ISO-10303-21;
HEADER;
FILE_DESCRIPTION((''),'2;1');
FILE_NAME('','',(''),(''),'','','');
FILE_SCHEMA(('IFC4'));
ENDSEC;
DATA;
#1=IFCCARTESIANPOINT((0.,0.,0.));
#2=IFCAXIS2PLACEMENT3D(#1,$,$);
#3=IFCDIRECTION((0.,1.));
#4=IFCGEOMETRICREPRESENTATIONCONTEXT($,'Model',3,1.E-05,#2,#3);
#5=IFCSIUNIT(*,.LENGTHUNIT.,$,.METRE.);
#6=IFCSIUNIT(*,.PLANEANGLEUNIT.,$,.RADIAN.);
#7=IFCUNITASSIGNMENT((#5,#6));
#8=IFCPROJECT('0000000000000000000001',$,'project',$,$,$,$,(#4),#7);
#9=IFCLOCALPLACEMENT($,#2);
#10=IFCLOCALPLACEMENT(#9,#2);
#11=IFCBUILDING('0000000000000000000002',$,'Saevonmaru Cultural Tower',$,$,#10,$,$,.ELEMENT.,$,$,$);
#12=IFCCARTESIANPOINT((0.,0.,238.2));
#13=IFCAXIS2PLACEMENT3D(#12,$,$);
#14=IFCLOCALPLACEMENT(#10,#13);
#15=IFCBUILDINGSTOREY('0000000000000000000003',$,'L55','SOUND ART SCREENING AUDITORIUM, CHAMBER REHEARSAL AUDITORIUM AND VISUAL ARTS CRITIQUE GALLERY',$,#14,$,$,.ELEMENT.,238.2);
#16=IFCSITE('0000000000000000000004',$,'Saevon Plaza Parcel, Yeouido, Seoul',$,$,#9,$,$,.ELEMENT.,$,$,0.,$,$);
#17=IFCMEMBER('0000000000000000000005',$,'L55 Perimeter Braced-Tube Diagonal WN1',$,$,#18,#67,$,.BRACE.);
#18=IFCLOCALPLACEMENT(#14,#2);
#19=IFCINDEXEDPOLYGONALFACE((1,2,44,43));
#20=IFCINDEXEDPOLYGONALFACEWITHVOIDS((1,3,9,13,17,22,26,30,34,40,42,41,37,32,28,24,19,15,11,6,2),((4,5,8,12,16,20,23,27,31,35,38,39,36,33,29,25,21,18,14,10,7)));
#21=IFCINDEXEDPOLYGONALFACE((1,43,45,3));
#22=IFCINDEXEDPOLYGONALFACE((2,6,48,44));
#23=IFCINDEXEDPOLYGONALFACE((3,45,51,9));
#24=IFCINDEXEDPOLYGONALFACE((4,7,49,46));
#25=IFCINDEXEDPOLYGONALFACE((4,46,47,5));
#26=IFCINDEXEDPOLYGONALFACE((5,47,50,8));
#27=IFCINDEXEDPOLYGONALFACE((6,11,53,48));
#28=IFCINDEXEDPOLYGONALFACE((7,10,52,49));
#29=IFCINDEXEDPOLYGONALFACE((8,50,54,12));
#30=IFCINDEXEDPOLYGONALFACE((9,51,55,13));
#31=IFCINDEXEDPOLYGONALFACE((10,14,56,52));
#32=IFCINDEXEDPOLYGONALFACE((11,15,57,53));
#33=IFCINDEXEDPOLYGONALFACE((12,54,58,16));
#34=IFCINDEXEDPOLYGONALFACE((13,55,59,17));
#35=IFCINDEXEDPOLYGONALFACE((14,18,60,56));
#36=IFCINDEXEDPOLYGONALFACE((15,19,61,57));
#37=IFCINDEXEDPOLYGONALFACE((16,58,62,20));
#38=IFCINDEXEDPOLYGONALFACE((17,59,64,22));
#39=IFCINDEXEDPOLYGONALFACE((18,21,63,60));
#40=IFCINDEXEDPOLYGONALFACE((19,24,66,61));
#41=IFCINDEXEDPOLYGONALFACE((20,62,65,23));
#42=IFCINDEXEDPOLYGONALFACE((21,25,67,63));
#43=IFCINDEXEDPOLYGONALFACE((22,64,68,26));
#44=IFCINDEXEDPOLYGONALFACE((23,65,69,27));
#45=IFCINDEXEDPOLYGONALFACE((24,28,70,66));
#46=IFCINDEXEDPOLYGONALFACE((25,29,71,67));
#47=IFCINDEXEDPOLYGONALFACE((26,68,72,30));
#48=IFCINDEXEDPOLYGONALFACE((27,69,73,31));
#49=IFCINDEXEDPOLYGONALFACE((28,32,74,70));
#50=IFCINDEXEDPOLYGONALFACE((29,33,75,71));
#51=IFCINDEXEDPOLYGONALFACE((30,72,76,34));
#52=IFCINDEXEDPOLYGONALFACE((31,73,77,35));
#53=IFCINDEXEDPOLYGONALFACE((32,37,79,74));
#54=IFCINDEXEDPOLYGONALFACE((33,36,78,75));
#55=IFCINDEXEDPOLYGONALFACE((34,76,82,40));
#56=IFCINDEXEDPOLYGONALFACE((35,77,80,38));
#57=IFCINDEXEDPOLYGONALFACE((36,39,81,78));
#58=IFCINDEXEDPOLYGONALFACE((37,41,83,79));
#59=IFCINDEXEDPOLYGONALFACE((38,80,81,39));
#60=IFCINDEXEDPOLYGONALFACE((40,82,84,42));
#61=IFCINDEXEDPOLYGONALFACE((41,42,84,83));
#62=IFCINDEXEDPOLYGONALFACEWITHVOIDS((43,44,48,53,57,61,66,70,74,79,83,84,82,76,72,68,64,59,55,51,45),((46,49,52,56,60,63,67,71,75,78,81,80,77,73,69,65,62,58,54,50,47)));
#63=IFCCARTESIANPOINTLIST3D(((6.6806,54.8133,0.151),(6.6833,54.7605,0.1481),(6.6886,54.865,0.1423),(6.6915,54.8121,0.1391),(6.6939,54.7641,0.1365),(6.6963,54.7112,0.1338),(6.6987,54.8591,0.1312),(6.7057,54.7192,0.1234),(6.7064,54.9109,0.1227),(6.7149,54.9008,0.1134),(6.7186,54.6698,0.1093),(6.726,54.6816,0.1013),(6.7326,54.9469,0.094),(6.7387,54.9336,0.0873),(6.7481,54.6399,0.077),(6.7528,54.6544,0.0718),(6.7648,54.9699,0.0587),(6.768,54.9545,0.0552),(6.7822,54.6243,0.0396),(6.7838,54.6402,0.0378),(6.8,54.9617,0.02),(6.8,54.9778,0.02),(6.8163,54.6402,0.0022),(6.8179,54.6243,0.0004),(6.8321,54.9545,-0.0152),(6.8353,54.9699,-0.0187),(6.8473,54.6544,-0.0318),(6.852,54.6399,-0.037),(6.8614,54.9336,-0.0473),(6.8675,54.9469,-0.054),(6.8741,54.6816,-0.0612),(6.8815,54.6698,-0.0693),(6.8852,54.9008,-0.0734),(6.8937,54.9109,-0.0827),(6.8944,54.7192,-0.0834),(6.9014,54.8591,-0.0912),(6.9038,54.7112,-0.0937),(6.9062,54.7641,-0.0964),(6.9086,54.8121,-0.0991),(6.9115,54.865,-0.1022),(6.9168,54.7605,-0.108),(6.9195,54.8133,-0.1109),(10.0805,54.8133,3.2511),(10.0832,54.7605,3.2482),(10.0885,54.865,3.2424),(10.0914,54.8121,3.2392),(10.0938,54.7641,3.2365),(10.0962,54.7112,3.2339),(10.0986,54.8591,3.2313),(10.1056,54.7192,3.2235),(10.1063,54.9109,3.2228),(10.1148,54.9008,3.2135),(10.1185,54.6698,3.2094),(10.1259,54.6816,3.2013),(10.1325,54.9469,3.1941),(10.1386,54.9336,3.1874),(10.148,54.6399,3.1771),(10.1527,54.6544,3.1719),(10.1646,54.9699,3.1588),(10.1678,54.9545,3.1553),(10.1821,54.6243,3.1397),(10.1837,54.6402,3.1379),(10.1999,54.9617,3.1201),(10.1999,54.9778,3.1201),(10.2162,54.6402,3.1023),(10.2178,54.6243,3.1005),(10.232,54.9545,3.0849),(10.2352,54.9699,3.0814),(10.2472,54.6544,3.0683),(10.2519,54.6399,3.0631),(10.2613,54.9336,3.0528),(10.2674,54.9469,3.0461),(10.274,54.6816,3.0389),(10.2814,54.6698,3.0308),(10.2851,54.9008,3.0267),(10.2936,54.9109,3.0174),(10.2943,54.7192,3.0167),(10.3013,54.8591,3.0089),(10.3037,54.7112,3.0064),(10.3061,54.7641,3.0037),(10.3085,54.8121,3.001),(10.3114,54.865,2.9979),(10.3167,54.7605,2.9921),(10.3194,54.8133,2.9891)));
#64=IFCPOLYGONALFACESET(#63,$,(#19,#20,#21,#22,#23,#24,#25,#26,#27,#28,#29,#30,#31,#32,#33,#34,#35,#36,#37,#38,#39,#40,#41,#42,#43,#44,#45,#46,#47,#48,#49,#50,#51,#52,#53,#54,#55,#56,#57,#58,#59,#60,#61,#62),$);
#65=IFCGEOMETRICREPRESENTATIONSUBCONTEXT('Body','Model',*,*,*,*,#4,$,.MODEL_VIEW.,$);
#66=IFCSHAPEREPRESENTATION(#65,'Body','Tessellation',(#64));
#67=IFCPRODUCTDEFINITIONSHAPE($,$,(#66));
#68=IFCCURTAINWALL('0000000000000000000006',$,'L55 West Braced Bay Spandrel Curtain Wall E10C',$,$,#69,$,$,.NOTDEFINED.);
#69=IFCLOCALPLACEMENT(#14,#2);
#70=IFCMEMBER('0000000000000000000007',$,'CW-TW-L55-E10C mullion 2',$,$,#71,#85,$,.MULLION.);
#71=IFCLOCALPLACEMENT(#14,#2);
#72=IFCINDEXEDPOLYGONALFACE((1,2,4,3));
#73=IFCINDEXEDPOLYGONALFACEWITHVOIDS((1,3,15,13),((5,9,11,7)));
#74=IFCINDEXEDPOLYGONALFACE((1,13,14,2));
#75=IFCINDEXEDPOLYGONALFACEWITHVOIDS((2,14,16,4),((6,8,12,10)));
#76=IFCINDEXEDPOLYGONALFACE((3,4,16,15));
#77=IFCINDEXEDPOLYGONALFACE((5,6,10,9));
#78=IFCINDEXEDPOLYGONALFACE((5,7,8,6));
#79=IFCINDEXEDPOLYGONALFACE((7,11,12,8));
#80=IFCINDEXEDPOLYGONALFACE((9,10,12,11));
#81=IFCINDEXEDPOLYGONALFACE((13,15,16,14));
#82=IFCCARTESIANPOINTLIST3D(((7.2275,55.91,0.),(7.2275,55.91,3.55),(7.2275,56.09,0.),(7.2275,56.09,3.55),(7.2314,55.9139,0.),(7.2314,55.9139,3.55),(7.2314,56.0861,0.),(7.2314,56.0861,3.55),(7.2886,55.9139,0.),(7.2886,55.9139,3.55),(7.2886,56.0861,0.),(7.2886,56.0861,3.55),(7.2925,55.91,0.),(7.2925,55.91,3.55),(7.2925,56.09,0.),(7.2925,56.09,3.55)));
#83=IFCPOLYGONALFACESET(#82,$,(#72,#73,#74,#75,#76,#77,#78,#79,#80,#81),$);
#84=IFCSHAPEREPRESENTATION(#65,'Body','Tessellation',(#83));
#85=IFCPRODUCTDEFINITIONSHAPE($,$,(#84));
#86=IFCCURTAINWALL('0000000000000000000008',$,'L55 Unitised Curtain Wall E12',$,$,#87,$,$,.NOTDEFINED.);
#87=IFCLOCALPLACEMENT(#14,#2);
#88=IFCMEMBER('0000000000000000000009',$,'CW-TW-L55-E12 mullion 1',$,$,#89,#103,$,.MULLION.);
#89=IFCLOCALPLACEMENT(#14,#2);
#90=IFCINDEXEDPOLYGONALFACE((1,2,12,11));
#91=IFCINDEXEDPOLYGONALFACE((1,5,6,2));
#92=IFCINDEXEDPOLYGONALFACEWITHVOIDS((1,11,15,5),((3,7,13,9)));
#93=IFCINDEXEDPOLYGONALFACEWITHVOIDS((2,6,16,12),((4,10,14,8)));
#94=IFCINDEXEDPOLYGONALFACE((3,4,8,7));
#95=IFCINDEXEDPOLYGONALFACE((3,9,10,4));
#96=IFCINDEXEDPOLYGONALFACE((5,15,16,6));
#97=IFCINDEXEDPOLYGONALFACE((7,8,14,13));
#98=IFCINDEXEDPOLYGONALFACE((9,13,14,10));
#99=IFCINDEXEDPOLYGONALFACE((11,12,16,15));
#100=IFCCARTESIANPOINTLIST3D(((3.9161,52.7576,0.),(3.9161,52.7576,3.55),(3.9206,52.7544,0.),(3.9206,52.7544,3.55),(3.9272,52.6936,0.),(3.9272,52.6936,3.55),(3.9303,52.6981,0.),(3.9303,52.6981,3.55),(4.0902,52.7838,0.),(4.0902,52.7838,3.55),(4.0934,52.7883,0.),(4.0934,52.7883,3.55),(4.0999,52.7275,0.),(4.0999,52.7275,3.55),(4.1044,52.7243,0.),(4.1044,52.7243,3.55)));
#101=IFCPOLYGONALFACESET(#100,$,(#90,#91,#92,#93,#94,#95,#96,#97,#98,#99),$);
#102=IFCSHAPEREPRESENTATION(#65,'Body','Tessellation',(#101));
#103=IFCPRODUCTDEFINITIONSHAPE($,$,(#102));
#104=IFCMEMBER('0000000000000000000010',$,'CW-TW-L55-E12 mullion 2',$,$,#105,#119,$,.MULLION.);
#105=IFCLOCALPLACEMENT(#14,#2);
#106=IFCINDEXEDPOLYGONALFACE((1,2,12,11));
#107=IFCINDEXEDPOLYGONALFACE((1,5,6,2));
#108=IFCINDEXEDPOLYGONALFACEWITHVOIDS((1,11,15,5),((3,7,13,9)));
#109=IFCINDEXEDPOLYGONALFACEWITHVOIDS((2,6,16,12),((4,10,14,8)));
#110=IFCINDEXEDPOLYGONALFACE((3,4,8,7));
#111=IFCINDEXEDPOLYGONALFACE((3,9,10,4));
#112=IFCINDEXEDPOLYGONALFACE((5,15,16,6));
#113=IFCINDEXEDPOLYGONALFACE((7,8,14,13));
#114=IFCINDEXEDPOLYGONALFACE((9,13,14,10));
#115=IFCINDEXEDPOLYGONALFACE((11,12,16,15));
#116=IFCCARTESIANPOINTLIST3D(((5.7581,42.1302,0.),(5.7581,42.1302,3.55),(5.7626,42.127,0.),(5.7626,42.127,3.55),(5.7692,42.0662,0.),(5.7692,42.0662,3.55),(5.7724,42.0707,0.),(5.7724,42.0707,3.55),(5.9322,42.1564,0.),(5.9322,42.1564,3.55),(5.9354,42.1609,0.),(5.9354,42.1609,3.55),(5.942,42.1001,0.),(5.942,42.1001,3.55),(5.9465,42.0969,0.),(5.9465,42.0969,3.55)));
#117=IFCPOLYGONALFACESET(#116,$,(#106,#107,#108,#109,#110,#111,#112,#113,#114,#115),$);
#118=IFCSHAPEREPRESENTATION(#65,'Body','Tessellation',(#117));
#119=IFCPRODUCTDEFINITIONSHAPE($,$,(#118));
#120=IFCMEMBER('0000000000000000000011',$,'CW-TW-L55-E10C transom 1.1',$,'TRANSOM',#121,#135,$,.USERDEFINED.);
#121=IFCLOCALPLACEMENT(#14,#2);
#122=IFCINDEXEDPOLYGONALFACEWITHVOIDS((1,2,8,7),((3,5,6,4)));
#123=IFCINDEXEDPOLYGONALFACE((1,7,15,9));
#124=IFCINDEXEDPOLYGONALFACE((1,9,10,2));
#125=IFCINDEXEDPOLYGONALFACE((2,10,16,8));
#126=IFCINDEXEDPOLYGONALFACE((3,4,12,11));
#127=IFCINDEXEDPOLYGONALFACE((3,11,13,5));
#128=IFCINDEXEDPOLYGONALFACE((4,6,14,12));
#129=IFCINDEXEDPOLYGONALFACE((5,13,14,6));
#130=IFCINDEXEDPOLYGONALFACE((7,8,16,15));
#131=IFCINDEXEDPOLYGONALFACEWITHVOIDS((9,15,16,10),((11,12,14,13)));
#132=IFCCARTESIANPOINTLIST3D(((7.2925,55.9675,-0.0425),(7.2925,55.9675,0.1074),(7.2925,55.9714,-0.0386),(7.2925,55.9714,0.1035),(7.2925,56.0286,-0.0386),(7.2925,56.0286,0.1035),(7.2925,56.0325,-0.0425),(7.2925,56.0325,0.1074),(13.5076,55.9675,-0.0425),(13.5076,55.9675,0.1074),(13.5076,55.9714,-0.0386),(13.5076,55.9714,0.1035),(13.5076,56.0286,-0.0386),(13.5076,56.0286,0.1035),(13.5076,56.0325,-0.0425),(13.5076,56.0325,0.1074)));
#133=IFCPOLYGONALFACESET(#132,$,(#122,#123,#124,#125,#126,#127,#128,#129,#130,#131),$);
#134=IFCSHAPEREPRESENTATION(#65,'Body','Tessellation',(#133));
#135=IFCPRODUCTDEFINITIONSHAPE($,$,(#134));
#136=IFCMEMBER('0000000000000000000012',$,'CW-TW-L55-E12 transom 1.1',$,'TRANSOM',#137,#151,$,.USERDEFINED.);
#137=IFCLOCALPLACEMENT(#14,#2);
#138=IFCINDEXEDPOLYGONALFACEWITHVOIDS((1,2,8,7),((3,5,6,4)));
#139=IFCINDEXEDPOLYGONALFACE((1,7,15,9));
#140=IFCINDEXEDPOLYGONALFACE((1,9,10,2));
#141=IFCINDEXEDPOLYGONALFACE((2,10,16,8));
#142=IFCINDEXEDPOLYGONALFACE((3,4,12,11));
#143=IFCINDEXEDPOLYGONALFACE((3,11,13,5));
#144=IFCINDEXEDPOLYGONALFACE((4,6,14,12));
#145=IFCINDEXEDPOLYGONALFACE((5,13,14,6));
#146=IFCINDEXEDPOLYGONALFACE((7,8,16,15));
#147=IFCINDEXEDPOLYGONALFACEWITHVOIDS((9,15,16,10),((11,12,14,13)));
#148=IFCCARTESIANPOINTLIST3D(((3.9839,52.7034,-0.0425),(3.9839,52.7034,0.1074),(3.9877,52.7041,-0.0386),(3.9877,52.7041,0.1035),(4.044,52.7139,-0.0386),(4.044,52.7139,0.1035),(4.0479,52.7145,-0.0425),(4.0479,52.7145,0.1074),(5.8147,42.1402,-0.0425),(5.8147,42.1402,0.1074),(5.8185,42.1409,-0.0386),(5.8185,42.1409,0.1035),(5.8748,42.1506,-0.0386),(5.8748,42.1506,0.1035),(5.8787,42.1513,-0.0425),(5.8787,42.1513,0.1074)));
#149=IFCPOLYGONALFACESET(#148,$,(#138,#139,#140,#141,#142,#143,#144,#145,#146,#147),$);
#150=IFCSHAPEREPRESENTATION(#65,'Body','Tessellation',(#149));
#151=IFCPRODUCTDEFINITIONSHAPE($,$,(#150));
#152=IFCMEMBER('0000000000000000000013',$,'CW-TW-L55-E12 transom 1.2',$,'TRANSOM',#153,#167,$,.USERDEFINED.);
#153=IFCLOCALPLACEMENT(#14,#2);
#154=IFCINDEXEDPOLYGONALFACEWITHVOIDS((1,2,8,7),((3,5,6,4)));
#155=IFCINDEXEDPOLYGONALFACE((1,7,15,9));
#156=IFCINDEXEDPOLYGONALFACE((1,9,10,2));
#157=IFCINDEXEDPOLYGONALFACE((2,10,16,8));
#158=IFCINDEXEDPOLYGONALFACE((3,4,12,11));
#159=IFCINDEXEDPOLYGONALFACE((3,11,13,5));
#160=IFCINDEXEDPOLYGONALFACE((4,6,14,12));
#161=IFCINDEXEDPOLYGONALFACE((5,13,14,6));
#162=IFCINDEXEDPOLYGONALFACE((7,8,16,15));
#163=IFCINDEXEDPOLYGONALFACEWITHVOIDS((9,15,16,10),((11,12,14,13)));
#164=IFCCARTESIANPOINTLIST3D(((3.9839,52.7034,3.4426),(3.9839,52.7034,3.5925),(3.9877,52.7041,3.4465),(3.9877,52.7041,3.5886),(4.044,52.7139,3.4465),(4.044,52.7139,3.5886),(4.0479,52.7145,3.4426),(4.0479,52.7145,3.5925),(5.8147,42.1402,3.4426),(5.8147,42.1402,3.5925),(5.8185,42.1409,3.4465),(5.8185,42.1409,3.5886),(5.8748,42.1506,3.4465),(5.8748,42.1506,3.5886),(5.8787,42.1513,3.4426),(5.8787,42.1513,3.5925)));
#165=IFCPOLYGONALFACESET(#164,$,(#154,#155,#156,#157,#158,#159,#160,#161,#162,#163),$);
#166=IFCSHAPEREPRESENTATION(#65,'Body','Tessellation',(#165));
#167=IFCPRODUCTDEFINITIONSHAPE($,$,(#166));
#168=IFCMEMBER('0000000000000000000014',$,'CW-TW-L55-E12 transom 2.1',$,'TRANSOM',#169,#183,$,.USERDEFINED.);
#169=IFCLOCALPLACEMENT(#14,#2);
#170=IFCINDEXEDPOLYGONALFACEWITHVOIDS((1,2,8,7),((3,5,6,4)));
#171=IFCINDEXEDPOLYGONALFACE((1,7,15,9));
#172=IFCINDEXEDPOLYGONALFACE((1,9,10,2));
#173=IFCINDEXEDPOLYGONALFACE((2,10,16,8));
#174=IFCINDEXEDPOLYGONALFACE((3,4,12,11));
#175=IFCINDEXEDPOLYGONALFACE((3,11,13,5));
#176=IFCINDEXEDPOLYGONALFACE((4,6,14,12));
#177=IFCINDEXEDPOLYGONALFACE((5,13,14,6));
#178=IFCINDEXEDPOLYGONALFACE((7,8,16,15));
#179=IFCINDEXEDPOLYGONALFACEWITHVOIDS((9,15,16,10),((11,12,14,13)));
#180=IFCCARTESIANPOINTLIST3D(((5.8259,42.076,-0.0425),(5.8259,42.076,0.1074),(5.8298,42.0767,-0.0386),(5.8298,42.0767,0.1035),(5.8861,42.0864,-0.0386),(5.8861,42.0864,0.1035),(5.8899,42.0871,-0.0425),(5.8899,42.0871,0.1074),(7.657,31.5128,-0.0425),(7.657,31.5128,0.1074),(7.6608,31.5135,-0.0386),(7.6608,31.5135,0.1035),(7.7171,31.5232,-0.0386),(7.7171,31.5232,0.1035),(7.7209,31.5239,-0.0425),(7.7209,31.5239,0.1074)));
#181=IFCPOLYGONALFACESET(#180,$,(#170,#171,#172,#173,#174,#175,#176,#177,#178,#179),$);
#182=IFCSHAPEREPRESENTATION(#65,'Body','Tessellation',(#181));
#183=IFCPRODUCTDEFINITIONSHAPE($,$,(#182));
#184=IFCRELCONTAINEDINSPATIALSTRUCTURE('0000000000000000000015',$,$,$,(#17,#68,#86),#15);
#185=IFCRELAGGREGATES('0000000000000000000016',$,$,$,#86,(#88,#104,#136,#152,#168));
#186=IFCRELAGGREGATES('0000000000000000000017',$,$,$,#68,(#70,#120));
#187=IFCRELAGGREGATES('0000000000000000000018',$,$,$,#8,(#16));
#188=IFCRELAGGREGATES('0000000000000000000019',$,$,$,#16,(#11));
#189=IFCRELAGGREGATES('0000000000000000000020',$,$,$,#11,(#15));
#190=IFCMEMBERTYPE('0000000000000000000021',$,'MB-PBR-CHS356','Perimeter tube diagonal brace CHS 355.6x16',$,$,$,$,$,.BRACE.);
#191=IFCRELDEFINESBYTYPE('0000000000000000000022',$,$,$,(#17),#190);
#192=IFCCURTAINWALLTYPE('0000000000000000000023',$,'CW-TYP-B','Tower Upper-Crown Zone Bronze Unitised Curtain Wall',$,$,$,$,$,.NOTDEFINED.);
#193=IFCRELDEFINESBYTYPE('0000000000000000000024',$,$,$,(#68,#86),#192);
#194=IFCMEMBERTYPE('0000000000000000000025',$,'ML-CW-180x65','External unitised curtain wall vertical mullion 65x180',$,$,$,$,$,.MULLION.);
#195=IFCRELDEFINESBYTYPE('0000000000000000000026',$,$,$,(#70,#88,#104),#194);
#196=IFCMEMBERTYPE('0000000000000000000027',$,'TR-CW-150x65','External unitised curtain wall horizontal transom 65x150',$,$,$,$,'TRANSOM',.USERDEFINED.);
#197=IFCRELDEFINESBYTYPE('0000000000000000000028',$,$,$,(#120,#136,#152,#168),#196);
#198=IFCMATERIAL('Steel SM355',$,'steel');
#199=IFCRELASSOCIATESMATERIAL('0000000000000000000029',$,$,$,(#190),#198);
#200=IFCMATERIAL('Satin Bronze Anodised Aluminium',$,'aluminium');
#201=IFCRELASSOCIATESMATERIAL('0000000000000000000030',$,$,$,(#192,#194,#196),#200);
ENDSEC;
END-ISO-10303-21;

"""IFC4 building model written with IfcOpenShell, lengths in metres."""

from ifc_helpers import new_model, si_unit, direction, frame, origin, origin_2d, place, context, subcontext, project, spatial, hollow_rectangle, hollow_circle, extrude, material, material_profile, profile_set, type_object, element, aggregate, save


model = new_model("IFC4")

# Units and contexts
model_context = context("Model", 3, precision=1e-05, world=origin(), true_north=direction((0.0, 1.0)))
body_context = subcontext(model_context, "Body", "Model", "MODEL_VIEW")
ifc_project = project(units=[si_unit("LENGTHUNIT", "METRE"), si_unit("PLANEANGLEUNIT", "RADIAN")], contexts=[model_context])

# Site, building, storey
site_placement = place(None, origin())
site = spatial("IfcSite", under=ifc_project, at=site_placement, Name="Saevon Plaza Parcel, Yeouido, Seoul", CompositionType="ELEMENT", RefElevation=0.0)
building_placement = place(site_placement, origin())
building = spatial("IfcBuilding", under=site, at=building_placement, Name="Saevonmaru Cultural Tower", CompositionType="ELEMENT")
storey_placement = place(building_placement, frame((0.0, 0.0, 238.2)))
storey = spatial("IfcBuildingStorey", under=building, at=storey_placement, Name="L55", Description="SOUND ART SCREENING AUDITORIUM, CHAMBER REHEARSAL AUDITORIUM AND VISUAL ARTS CRITIQUE GALLERY", CompositionType="ELEMENT", Elevation=238.2)

# Shared definitions
ifc_material_1 = material(Name="Steel SM355", Category="steel")

# Member
ifc_material_profile_1 = material_profile(ifc_material_1, hollow_circle(Radius=0.1777, WallThickness=0.0161, at=origin_2d()), Name="CHS-355.6x16")
ifc_profile_set_1 = profile_set([ifc_material_profile_1], Name="Steel SM355")
member_type_1 = type_object("IfcMemberType", Name="MB-PBR-CHS356", Description="Perimeter tube diagonal brace CHS 355.6x16", PredefinedType="BRACE", material=ifc_profile_set_1)
member_1_placement = place(storey_placement, frame((6.8, 54.8, 0.02), z_axis=(0.738936, 0.0, 0.673776), x_axis=(0.0, 1.0, 0.0)))
element("IfcMember", 1, at=member_1_placement, inside=storey, type_object=member_type_1, Name="L55 Perimeter Braced-Tube Diagonal WN1", PredefinedType="BRACE", context=body_context, shape_type="SweptSolid", body=[
    extrude(hollow_circle(Radius=0.1777, WallThickness=0.0161, at=origin_2d()), origin(), (0.0, 0.0, 1.0), 4.6011),
])

# Curtain wall, member
ifc_material_2 = material(Name="Satin Bronze Anodised Aluminium", Category="aluminium")
curtain_wall_type = type_object("IfcCurtainWallType", Name="CW-TYP-B", Description="Tower Upper-Crown Zone Bronze Unitised Curtain Wall", PredefinedType="NOTDEFINED", material=ifc_material_2)
curtain_wall_1_placement = place(storey_placement, origin())
curtain_wall_1 = element("IfcCurtainWall", 2, at=curtain_wall_1_placement, inside=storey, type_object=curtain_wall_type, Name="L55 West Braced Bay Spandrel Curtain Wall E10C", PredefinedType="NOTDEFINED")
ifc_material_profile_2 = material_profile(ifc_material_2, hollow_rectangle(XDim=0.0649, YDim=0.1799, WallThickness=0.0039, at=origin_2d()), Name="ALU-MULL-180x65x4")
ifc_profile_set_2 = profile_set([ifc_material_profile_2], Name="Satin Bronze Anodised Aluminium")
member_type_2 = type_object("IfcMemberType", Name="ML-CW-180x65", Description="External unitised curtain wall vertical mullion 65x180", PredefinedType="MULLION", material=ifc_profile_set_2)
member_2_placement = place(storey_placement, frame((7.26, 56.0, 0.0), z_axis=(0.0, 0.0, 1.0), x_axis=(-1.0, 0.0, 0.0)))
member_2 = element("IfcMember", 3, at=member_2_placement, type_object=member_type_2, Name="CW-TW-L55-E10C mullion 2", PredefinedType="MULLION", context=body_context, shape_type="SweptSolid", body=[
    extrude(hollow_rectangle(XDim=0.0649, YDim=0.1799, WallThickness=0.0039, at=origin_2d()), origin(), (0.0, 0.0, 1.0), 3.55),
])

# Curtain wall, members
curtain_wall_2_placement = place(storey_placement, origin())
curtain_wall_2 = element("IfcCurtainWall", 4, at=curtain_wall_2_placement, inside=storey, type_object=curtain_wall_type, Name="L55 Unitised Curtain Wall E12", PredefinedType="NOTDEFINED")
member_3_placement = place(storey_placement, frame((4.0103, 52.741, 0.0), z_axis=(0.0, 0.0, 1.0), x_axis=(0.17079, -0.985307, 0.0)))
member_3 = element("IfcMember", 5, at=member_3_placement, type_object=member_type_2, Name="CW-TW-L55-E12 mullion 1", PredefinedType="MULLION", context=body_context, shape_type="SweptSolid", body=[
    extrude(hollow_rectangle(XDim=0.0649, YDim=0.1799, WallThickness=0.0039, at=origin_2d()), origin(), (0.0, 0.0, 1.0), 3.55),
])
member_4_placement = place(storey_placement, frame((5.8523, 42.1135, 0.0), z_axis=(0.0, 0.0, 1.0), x_axis=(0.17079, -0.985307, 0.0)))
member_4 = element("IfcMember", 6, at=member_4_placement, type_object=member_type_2, Name="CW-TW-L55-E12 mullion 2", PredefinedType="MULLION", context=body_context, shape_type="SweptSolid", body=[
    extrude(hollow_rectangle(XDim=0.0649, YDim=0.1799, WallThickness=0.0039, at=origin_2d()), origin(), (0.0, 0.0, 1.0), 3.55),
])

# Members
ifc_material_profile_3 = material_profile(ifc_material_2, hollow_rectangle(XDim=0.0649, YDim=0.1499, WallThickness=0.0039, at=origin_2d()), Name="ALU-TRAN-150x65x4")
ifc_profile_set_3 = profile_set([ifc_material_profile_3], Name="Satin Bronze Anodised Aluminium")
member_type_3 = type_object("IfcMemberType", Name="TR-CW-150x65", Description="External unitised curtain wall horizontal transom 65x150", ElementType="TRANSOM", PredefinedType="USERDEFINED", material=ifc_profile_set_3)
member_5_placement = place(storey_placement, frame((13.5076, 56.0, 0.0325), z_axis=(-1.0, 0.0, 0.0), x_axis=(0.0, -1.0, 0.0)))
member_5 = element("IfcMember", 7, at=member_5_placement, type_object=member_type_3, Name="CW-TW-L55-E10C transom 1.1", ObjectType="TRANSOM", PredefinedType="USERDEFINED", context=body_context, shape_type="SweptSolid", body=[
    extrude(hollow_rectangle(XDim=0.0649, YDim=0.1499, WallThickness=0.0039, at=origin_2d()), origin(), (0.0, 0.0, 1.0), 6.2151),
])
member_6_placement = place(storey_placement, frame((4.0159, 52.709, 0.0325), z_axis=(0.170773, -0.98531, 0.0), x_axis=(0.98531, 0.170773, 0.0)))
member_6 = element("IfcMember", 8, at=member_6_placement, type_object=member_type_3, Name="CW-TW-L55-E12 transom 1.1", ObjectType="TRANSOM", PredefinedType="USERDEFINED", context=body_context, shape_type="SweptSolid", body=[
    extrude(hollow_rectangle(XDim=0.0649, YDim=0.1499, WallThickness=0.0039, at=origin_2d()), origin(), (0.0, 0.0, 1.0), 10.7207),
])
member_7_placement = place(storey_placement, frame((4.0159, 52.709, 3.5176), z_axis=(0.170773, -0.98531, 0.0), x_axis=(0.98531, 0.170773, 0.0)))
member_7 = element("IfcMember", 9, at=member_7_placement, type_object=member_type_3, Name="CW-TW-L55-E12 transom 1.2", ObjectType="TRANSOM", PredefinedType="USERDEFINED", context=body_context, shape_type="SweptSolid", body=[
    extrude(hollow_rectangle(XDim=0.0649, YDim=0.1499, WallThickness=0.0039, at=origin_2d()), origin(), (0.0, 0.0, 1.0), 10.7207),
])
member_8_placement = place(storey_placement, frame((5.8579, 42.0815, 0.0325), z_axis=(0.170795, -0.985307, 0.0), x_axis=(0.985307, 0.170795, 0.0)))
member_8 = element("IfcMember", 10, at=member_8_placement, type_object=member_type_3, Name="CW-TW-L55-E12 transom 2.1", ObjectType="TRANSOM", PredefinedType="USERDEFINED", context=body_context, shape_type="SweptSolid", body=[
    extrude(hollow_rectangle(XDim=0.0649, YDim=0.1499, WallThickness=0.0039, at=origin_2d()), origin(), (0.0, 0.0, 1.0), 10.7207),
])

aggregate(curtain_wall_2, [member_3, member_4, member_6, member_7, member_8])
aggregate(curtain_wall_1, [member_2, member_5])

save(model, "model.ifc")
